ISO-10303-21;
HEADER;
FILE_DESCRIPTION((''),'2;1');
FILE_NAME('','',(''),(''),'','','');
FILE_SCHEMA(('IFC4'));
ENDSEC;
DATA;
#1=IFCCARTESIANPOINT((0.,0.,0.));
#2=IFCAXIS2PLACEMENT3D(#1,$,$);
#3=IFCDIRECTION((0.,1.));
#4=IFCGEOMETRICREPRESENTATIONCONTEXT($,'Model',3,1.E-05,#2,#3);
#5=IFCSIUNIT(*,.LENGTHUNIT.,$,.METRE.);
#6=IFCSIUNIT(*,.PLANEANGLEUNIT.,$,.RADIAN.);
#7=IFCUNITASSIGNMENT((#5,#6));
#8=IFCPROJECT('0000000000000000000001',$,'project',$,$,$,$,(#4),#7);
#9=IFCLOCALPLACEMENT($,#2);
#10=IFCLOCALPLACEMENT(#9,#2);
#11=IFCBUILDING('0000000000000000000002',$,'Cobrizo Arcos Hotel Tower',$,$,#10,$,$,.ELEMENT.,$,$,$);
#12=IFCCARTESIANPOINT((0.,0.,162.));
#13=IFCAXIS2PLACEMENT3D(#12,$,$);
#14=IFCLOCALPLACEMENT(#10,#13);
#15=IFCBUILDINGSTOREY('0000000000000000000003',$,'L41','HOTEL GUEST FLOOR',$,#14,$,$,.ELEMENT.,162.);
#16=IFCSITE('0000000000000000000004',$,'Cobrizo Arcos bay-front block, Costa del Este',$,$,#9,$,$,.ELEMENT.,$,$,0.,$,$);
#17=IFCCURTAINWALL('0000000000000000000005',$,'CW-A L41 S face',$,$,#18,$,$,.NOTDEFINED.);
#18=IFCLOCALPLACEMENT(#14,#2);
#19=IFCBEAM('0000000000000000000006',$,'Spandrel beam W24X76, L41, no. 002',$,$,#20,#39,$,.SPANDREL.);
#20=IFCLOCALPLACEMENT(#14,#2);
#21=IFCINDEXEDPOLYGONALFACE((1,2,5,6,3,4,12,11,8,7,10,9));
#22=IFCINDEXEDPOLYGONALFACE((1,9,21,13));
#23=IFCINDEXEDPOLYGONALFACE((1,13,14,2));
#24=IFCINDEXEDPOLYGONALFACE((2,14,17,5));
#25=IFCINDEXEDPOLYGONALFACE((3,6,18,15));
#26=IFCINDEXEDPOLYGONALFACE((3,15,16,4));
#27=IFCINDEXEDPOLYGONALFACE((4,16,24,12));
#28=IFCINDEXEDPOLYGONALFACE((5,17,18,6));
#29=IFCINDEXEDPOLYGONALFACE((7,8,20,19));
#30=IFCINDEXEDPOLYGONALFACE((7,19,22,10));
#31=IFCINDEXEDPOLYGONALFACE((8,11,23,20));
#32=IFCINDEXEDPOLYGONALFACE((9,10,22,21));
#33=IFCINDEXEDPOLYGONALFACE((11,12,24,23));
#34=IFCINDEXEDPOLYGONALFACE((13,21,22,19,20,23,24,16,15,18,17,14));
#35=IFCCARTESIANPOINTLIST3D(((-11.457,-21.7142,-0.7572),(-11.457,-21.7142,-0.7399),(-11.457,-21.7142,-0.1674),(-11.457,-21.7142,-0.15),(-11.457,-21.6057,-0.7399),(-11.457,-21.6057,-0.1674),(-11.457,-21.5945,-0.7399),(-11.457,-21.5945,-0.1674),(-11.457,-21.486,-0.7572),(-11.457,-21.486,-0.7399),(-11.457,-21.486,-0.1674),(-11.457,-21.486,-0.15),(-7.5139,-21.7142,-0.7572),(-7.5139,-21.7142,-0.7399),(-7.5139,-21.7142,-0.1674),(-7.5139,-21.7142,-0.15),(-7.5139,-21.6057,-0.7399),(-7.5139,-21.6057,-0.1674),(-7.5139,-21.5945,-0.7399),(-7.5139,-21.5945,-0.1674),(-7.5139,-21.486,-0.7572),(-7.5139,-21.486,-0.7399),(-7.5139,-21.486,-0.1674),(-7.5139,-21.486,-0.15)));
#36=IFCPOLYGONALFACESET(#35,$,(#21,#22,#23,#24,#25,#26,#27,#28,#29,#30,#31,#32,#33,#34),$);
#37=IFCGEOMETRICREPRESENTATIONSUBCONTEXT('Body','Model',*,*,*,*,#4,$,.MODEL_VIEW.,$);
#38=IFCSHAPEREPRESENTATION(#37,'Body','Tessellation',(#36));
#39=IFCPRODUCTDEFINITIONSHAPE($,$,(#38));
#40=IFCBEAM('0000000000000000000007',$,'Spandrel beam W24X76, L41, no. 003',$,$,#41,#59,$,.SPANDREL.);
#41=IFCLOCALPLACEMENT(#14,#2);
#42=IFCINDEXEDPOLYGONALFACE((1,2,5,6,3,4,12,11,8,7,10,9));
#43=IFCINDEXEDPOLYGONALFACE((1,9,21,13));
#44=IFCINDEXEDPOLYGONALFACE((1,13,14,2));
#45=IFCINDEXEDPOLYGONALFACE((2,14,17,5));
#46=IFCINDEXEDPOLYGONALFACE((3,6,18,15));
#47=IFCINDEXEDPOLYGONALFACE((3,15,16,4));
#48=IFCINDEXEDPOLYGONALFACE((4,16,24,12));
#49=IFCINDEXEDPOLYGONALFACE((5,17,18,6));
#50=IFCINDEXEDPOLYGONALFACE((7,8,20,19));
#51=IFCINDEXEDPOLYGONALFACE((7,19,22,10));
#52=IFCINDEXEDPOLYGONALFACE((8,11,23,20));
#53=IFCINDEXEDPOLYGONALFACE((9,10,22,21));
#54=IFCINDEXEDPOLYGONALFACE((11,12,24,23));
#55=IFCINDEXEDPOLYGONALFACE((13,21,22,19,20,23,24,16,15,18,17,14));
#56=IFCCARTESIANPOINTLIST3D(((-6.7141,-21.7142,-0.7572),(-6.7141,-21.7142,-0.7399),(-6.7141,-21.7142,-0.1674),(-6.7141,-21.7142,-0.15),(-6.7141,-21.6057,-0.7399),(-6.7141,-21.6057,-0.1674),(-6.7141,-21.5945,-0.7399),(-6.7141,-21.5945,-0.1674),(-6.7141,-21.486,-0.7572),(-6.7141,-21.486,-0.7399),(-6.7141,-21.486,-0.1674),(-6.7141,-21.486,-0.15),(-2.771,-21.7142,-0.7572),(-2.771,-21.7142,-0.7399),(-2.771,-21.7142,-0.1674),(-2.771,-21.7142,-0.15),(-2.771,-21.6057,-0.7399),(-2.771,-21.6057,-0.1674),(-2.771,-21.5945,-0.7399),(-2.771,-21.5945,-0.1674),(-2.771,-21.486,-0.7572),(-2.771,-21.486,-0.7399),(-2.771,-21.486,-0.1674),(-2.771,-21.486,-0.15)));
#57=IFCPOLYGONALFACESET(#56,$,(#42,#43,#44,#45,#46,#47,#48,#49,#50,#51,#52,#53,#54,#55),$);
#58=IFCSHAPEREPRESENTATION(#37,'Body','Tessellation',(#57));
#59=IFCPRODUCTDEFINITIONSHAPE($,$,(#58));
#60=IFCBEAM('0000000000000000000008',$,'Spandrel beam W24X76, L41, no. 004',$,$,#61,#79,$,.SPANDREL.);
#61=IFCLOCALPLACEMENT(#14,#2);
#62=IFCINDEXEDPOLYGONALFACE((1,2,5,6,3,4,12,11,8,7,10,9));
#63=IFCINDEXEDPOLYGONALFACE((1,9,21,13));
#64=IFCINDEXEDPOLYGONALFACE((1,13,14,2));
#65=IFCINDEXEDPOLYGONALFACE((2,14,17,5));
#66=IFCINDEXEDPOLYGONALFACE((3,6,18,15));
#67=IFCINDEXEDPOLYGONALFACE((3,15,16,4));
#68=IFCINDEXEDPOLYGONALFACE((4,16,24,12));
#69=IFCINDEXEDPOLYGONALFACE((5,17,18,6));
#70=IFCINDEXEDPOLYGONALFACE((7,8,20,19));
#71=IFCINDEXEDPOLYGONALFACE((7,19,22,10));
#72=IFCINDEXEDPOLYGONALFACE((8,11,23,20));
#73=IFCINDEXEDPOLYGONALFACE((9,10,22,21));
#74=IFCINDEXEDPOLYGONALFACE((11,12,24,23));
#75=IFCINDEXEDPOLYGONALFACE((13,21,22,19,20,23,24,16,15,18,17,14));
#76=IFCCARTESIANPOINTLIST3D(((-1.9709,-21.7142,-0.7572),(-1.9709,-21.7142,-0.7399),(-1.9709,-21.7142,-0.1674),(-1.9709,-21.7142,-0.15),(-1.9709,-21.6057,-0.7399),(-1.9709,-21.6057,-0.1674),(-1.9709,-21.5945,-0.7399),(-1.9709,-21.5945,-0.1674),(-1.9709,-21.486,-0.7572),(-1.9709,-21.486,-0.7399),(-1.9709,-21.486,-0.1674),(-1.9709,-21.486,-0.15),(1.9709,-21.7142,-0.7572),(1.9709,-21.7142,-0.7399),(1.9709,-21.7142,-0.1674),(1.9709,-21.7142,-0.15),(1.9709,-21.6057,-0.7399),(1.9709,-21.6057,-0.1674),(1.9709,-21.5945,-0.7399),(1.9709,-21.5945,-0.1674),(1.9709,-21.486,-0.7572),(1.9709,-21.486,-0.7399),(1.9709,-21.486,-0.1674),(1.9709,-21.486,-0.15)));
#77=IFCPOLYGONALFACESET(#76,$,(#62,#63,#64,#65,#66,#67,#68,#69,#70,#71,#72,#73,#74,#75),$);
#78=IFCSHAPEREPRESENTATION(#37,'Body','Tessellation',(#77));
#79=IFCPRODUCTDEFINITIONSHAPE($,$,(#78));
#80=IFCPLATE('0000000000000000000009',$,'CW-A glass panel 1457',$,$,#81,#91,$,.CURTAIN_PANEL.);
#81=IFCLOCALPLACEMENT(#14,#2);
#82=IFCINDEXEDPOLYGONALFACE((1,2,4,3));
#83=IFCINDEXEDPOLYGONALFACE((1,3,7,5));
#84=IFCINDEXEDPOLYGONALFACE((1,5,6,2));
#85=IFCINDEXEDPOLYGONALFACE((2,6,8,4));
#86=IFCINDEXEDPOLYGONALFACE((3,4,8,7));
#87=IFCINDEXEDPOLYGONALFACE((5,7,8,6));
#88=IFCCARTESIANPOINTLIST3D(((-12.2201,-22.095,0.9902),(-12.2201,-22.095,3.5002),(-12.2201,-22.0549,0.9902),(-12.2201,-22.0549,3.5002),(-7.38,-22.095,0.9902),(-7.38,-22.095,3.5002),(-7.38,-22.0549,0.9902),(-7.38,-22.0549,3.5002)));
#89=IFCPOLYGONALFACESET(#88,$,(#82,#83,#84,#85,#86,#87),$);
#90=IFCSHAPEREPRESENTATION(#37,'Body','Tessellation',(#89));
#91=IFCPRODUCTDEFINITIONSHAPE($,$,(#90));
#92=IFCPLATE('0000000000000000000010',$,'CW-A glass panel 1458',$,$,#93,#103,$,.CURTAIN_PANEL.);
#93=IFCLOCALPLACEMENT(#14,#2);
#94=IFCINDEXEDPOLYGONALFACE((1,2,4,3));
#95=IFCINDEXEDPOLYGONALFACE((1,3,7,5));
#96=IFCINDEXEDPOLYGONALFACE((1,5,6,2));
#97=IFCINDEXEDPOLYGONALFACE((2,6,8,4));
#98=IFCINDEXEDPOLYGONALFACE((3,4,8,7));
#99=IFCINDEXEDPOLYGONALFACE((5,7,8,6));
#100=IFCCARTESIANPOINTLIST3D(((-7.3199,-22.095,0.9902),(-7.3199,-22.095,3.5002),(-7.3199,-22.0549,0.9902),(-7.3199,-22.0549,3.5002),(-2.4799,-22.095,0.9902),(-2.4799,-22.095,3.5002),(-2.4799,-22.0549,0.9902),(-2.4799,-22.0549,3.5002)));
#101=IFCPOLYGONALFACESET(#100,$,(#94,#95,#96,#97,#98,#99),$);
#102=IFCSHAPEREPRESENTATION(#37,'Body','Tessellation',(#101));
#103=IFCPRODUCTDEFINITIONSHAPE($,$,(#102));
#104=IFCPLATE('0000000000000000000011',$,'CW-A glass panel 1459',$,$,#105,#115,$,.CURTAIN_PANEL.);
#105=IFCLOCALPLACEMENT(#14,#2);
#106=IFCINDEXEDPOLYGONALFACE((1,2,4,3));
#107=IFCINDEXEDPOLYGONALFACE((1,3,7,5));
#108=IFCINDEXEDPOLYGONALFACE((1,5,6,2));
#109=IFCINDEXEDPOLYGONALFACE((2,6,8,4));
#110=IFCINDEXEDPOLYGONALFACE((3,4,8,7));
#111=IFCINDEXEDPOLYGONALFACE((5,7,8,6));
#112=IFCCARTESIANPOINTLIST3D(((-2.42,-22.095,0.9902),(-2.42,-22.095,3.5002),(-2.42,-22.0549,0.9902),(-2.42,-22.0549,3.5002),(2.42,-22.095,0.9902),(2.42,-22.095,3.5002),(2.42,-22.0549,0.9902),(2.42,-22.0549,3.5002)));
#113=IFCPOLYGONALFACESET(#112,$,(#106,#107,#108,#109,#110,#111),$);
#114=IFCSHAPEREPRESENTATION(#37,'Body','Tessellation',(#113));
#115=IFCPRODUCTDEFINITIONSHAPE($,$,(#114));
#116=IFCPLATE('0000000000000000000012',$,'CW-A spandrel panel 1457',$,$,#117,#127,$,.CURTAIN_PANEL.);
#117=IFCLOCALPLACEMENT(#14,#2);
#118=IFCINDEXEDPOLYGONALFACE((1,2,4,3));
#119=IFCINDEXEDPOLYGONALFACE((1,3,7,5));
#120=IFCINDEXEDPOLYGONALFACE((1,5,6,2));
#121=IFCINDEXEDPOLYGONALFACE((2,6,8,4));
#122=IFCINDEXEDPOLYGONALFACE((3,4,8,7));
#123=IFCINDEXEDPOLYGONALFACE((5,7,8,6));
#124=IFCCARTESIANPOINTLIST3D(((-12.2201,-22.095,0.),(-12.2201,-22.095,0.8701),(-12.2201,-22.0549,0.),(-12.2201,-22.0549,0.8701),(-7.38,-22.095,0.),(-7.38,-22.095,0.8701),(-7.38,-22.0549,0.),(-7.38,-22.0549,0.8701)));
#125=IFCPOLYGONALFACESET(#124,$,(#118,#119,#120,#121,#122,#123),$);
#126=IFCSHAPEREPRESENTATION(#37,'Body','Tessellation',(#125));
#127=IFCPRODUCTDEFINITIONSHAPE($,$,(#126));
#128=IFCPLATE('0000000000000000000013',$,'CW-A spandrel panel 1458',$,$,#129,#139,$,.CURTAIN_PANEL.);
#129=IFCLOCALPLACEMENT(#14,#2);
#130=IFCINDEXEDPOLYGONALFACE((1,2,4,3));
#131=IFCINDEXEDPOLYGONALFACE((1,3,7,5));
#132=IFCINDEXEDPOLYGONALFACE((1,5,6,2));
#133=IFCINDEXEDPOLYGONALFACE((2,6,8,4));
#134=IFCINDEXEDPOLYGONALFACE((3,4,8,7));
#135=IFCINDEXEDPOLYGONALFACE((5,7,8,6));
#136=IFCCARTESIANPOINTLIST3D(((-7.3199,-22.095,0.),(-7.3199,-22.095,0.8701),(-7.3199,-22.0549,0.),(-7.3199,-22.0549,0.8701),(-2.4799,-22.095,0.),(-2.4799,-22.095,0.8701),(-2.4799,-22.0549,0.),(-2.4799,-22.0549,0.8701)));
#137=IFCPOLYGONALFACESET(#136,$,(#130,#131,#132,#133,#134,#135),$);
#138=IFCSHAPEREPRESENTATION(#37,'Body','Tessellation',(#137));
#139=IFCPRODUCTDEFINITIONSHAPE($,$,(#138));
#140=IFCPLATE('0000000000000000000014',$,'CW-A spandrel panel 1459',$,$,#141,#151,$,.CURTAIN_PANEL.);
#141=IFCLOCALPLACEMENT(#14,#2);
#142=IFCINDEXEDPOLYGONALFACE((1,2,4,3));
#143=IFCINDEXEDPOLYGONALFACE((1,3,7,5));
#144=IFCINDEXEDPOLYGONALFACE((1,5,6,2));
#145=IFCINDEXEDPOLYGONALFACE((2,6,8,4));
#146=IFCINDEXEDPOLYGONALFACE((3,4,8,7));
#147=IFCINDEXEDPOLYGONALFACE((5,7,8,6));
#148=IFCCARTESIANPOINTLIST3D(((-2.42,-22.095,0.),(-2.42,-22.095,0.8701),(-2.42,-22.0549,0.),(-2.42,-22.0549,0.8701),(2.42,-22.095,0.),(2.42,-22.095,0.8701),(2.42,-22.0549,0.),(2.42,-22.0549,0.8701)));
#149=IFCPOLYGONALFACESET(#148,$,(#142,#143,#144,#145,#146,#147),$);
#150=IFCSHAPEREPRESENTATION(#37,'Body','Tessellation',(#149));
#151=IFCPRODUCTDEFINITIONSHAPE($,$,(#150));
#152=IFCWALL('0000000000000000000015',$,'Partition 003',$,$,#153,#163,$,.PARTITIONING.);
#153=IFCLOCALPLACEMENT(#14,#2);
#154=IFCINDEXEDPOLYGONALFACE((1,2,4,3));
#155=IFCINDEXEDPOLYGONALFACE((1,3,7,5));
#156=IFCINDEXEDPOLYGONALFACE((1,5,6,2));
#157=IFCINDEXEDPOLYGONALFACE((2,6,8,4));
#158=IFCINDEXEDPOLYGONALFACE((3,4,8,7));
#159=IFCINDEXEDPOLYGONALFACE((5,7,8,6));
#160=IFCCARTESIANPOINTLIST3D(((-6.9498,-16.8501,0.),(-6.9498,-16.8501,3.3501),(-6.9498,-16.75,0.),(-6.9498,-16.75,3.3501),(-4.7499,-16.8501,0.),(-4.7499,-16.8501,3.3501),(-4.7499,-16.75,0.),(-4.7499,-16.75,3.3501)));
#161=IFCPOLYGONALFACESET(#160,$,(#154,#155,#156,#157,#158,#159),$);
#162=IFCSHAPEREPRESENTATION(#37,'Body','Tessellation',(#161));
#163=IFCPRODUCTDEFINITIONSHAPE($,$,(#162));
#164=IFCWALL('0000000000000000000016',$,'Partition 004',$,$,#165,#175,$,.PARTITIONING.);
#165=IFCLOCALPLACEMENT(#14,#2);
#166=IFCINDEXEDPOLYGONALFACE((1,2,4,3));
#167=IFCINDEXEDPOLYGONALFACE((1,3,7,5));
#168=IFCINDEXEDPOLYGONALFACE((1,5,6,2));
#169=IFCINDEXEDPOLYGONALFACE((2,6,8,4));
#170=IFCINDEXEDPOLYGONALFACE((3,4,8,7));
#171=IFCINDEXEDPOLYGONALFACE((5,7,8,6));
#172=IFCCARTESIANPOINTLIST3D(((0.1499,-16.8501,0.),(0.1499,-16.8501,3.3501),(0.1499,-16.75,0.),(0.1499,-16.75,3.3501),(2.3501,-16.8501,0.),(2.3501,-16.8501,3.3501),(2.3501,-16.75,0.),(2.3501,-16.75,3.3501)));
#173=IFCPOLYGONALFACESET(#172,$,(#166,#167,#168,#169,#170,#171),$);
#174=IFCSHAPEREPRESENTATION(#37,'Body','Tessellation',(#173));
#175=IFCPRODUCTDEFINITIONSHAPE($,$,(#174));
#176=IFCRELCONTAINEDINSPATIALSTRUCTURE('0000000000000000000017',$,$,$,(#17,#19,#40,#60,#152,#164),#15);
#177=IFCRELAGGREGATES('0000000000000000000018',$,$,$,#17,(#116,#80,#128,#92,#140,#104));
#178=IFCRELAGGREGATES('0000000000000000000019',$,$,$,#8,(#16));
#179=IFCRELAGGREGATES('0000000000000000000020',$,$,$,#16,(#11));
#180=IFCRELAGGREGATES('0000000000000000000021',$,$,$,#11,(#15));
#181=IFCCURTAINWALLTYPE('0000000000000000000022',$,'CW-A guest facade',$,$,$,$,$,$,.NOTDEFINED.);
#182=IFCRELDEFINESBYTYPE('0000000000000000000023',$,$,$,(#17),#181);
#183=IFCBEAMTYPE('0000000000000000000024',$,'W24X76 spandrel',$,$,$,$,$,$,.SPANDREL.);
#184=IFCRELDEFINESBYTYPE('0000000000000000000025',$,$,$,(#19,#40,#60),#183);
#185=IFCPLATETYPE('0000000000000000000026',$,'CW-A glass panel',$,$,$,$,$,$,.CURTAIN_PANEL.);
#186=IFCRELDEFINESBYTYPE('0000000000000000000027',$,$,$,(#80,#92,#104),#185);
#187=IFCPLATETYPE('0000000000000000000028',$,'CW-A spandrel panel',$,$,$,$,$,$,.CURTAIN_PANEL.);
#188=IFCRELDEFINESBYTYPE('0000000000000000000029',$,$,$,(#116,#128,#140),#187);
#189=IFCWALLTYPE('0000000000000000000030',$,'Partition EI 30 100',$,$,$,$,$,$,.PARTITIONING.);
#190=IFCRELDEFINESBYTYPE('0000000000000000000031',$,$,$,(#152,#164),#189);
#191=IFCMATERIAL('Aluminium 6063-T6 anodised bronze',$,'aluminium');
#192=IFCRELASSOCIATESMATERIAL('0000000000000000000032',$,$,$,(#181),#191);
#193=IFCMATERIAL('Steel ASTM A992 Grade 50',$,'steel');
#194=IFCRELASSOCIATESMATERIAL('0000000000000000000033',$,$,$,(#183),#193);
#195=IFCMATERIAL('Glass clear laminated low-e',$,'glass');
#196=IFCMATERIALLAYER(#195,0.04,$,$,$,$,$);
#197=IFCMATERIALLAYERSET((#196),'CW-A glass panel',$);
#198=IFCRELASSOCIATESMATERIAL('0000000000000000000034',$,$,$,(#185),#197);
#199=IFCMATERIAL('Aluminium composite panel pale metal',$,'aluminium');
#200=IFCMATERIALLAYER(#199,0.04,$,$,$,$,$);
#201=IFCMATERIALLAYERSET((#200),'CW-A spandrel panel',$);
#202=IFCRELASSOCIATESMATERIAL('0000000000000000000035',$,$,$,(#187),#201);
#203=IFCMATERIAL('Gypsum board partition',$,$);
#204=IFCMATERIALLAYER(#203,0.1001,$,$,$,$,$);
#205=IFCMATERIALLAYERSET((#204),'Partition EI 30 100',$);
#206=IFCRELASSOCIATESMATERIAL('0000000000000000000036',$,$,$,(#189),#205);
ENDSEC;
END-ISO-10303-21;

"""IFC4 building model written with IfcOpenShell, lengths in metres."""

from ifc_helpers import new_model, si_unit, direction, frame, frame_2d, origin, origin_2d, place, context, subcontext, project, spatial, rectangle, i_section, extrude, material, layer, layer_set, material_profile, profile_set, type_object, element, aggregate, save


model = new_model("IFC4")

# Units and contexts
model_context = context("Model", 3, precision=1e-05, world=origin(), true_north=direction((0.0, 1.0)))
body_context = subcontext(model_context, "Body", "Model", "MODEL_VIEW")
ifc_project = project(units=[si_unit("LENGTHUNIT", "METRE"), si_unit("PLANEANGLEUNIT", "RADIAN")], contexts=[model_context])

# Site, building, storey
site_placement = place(None, origin())
site = spatial("IfcSite", under=ifc_project, at=site_placement, Name="Cobrizo Arcos bay-front block, Costa del Este", CompositionType="ELEMENT", RefElevation=0.0)
building_placement = place(site_placement, origin())
building = spatial("IfcBuilding", under=site, at=building_placement, Name="Cobrizo Arcos Hotel Tower", CompositionType="ELEMENT")
storey_placement = place(building_placement, frame((0.0, 0.0, 162.0)))
storey = spatial("IfcBuildingStorey", under=building, at=storey_placement, Name="L41", Description="HOTEL GUEST FLOOR", CompositionType="ELEMENT", Elevation=162.0)

# Curtain wall
ifc_material_1 = material(Name="Aluminium 6063-T6 anodised bronze", Category="aluminium")
curtain_wall_type = type_object("IfcCurtainWallType", Name="CW-A guest facade", PredefinedType="NOTDEFINED", material=ifc_material_1)
curtain_wall_placement = place(storey_placement, origin())
curtain_wall = element("IfcCurtainWall", 1, at=curtain_wall_placement, inside=storey, type_object=curtain_wall_type, Name="CW-A L41 S face", PredefinedType="NOTDEFINED")

# Beams
ifc_material_2 = material(Name="Steel ASTM A992 Grade 50", Category="steel")
ifc_material_profile_1 = material_profile(ifc_material_2, i_section(OverallWidth=0.2283, OverallDepth=0.6072, WebThickness=0.0112, FlangeThickness=0.0173, at=origin_2d()), Name="W24X76")
ifc_profile_set_1 = profile_set([ifc_material_profile_1], Name="Steel ASTM A992 Grade 50")
beam_type_1 = type_object("IfcBeamType", Name="W24X76 spandrel", PredefinedType="SPANDREL", material=ifc_profile_set_1)
for number, where, z_axis, x_axis, name in (
    (2, (-11.457, -21.6001, -0.4536), (1.0, 0.0, 0.0), (0.0, 1.0, 0.0), "Spandrel beam W24X76, L41, no. 002"),
    (3, (-6.7141, -21.6001, -0.4536), (1.0, 0.0, 0.0), (0.0, 1.0, 0.0), "Spandrel beam W24X76, L41, no. 003"),
):
    element("IfcBeam", number, at=place(storey_placement, frame(where, z_axis=z_axis, x_axis=x_axis)), inside=storey, type_object=beam_type_1, Name=name, PredefinedType="SPANDREL", context=body_context, shape_type="SweptSolid", body=[
        extrude(i_section(OverallWidth=0.2283, OverallDepth=0.6072, WebThickness=0.0112, FlangeThickness=0.0173, at=origin_2d()), origin(), (0.0, 0.0, 1.0), 3.9431),
    ])
beam_1_placement = place(storey_placement, frame((-1.9709, -21.6001, -0.4536), z_axis=(1.0, 0.0, 0.0), x_axis=(0.0, 1.0, 0.0)))
element("IfcBeam", 4, at=beam_1_placement, inside=storey, type_object=beam_type_1, Name="Spandrel beam W24X76, L41, no. 004", PredefinedType="SPANDREL", context=body_context, shape_type="SweptSolid", body=[
    extrude(i_section(OverallWidth=0.2283, OverallDepth=0.6072, WebThickness=0.0112, FlangeThickness=0.0173, at=origin_2d()), origin(), (0.0, 0.0, 1.0), 3.9419),
])

# Plates
ifc_material_3 = material(Name="Glass clear laminated low-e", Category="glass")
ifc_layer_1 = layer(ifc_material_3, 0.04)
ifc_layer_set_1 = layer_set([ifc_layer_1], Name="CW-A glass panel")
plate_type_1 = type_object("IfcPlateType", Name="CW-A glass panel", PredefinedType="CURTAIN_PANEL", material=ifc_layer_set_1)
plate_1_placement = place(storey_placement, frame((-9.8, -22.075, 0.9902), z_axis=(0.0, 0.0, 1.0), x_axis=(1.0, 0.0, 0.0)))
plate_1 = element("IfcPlate", 5, at=plate_1_placement, type_object=plate_type_1, Name="CW-A glass panel 1457", PredefinedType="CURTAIN_PANEL", context=body_context, shape_type="SweptSolid", body=[
    extrude(rectangle(XDim=4.8401, YDim=0.04, at=origin_2d()), origin(), (0.0, 0.0, 1.0), 2.51),
])
plate_2_placement = place(storey_placement, frame((-4.8999, -22.075, 0.9902), z_axis=(0.0, 0.0, 1.0), x_axis=(1.0, 0.0, 0.0)))
plate_2 = element("IfcPlate", 6, at=plate_2_placement, type_object=plate_type_1, Name="CW-A glass panel 1458", PredefinedType="CURTAIN_PANEL", context=body_context, shape_type="SweptSolid", body=[
    extrude(rectangle(XDim=4.8401, YDim=0.04, at=origin_2d()), origin(), (0.0, 0.0, 1.0), 2.51),
])
plate_3_placement = place(storey_placement, frame((0.0, -22.075, 0.9902), z_axis=(0.0, 0.0, 1.0), x_axis=(1.0, 0.0, 0.0)))
plate_3 = element("IfcPlate", 7, at=plate_3_placement, type_object=plate_type_1, Name="CW-A glass panel 1459", PredefinedType="CURTAIN_PANEL", context=body_context, shape_type="SweptSolid", body=[
    extrude(rectangle(XDim=4.8401, YDim=0.04, at=origin_2d()), origin(), (0.0, 0.0, 1.0), 2.51),
])
ifc_material_4 = material(Name="Aluminium composite panel pale metal", Category="aluminium")
ifc_layer_2 = layer(ifc_material_4, 0.04)
ifc_layer_set_2 = layer_set([ifc_layer_2], Name="CW-A spandrel panel")
plate_type_2 = type_object("IfcPlateType", Name="CW-A spandrel panel", PredefinedType="CURTAIN_PANEL", material=ifc_layer_set_2)
plate_4_placement = place(storey_placement, frame((-9.8, -22.075, 0.0), z_axis=(0.0, 0.0, 1.0), x_axis=(1.0, 0.0, 0.0)))
plate_4 = element("IfcPlate", 8, at=plate_4_placement, type_object=plate_type_2, Name="CW-A spandrel panel 1457", PredefinedType="CURTAIN_PANEL", context=body_context, shape_type="SweptSolid", body=[
    extrude(rectangle(XDim=4.8401, YDim=0.04, at=origin_2d()), origin(), (0.0, 0.0, 1.0), 0.8701),
])
plate_5_placement = place(storey_placement, frame((-4.8999, -22.075, 0.0), z_axis=(0.0, 0.0, 1.0), x_axis=(1.0, 0.0, 0.0)))
plate_5 = element("IfcPlate", 9, at=plate_5_placement, type_object=plate_type_2, Name="CW-A spandrel panel 1458", PredefinedType="CURTAIN_PANEL", context=body_context, shape_type="SweptSolid", body=[
    extrude(rectangle(XDim=4.8401, YDim=0.04, at=origin_2d()), origin(), (0.0, 0.0, 1.0), 0.8701),
])
plate_6_placement = place(storey_placement, frame((0.0, -22.075, 0.0), z_axis=(0.0, 0.0, 1.0), x_axis=(1.0, 0.0, 0.0)))
plate_6 = element("IfcPlate", 10, at=plate_6_placement, type_object=plate_type_2, Name="CW-A spandrel panel 1459", PredefinedType="CURTAIN_PANEL", context=body_context, shape_type="SweptSolid", body=[
    extrude(rectangle(XDim=4.8401, YDim=0.04, at=origin_2d()), origin(), (0.0, 0.0, 1.0), 0.8701),
])
aggregate(curtain_wall, [plate_4, plate_1, plate_5, plate_2, plate_6, plate_3])

# Walls
ifc_material_5 = material(Name="Gypsum board partition")
ifc_layer_3 = layer(ifc_material_5, 0.1001)
ifc_layer_set_3 = layer_set([ifc_layer_3], Name="Partition EI 30 100")
wall_type = type_object("IfcWallType", Name="Partition EI 30 100", PredefinedType="PARTITIONING", material=ifc_layer_set_3)
wall_1_placement = place(storey_placement, frame((-6.95, -16.8, 0.0), z_axis=(0.0, 0.0, 1.0), x_axis=(1.0, 0.0, 0.0)))
element("IfcWall", 11, at=wall_1_placement, inside=storey, type_object=wall_type, Name="Partition 003", PredefinedType="PARTITIONING", context=body_context, shape_type="SweptSolid", body=[
    extrude(rectangle(XDim=2.2, YDim=0.1001, at=frame_2d((1.1001, 0.0))), origin(), (0.0, 0.0, 1.0), 3.3501),
])
wall_2_placement = place(storey_placement, frame((0.1499, -16.8, 0.0), z_axis=(0.0, 0.0, 1.0), x_axis=(1.0, 0.0, 0.0)))
element("IfcWall", 12, at=wall_2_placement, inside=storey, type_object=wall_type, Name="Partition 004", PredefinedType="PARTITIONING", context=body_context, shape_type="SweptSolid", body=[
    extrude(rectangle(XDim=2.2002, YDim=0.1001, at=frame_2d((1.1001, 0.0))), origin(), (0.0, 0.0, 1.0), 3.3501),
])

save(model, "model.ifc")
